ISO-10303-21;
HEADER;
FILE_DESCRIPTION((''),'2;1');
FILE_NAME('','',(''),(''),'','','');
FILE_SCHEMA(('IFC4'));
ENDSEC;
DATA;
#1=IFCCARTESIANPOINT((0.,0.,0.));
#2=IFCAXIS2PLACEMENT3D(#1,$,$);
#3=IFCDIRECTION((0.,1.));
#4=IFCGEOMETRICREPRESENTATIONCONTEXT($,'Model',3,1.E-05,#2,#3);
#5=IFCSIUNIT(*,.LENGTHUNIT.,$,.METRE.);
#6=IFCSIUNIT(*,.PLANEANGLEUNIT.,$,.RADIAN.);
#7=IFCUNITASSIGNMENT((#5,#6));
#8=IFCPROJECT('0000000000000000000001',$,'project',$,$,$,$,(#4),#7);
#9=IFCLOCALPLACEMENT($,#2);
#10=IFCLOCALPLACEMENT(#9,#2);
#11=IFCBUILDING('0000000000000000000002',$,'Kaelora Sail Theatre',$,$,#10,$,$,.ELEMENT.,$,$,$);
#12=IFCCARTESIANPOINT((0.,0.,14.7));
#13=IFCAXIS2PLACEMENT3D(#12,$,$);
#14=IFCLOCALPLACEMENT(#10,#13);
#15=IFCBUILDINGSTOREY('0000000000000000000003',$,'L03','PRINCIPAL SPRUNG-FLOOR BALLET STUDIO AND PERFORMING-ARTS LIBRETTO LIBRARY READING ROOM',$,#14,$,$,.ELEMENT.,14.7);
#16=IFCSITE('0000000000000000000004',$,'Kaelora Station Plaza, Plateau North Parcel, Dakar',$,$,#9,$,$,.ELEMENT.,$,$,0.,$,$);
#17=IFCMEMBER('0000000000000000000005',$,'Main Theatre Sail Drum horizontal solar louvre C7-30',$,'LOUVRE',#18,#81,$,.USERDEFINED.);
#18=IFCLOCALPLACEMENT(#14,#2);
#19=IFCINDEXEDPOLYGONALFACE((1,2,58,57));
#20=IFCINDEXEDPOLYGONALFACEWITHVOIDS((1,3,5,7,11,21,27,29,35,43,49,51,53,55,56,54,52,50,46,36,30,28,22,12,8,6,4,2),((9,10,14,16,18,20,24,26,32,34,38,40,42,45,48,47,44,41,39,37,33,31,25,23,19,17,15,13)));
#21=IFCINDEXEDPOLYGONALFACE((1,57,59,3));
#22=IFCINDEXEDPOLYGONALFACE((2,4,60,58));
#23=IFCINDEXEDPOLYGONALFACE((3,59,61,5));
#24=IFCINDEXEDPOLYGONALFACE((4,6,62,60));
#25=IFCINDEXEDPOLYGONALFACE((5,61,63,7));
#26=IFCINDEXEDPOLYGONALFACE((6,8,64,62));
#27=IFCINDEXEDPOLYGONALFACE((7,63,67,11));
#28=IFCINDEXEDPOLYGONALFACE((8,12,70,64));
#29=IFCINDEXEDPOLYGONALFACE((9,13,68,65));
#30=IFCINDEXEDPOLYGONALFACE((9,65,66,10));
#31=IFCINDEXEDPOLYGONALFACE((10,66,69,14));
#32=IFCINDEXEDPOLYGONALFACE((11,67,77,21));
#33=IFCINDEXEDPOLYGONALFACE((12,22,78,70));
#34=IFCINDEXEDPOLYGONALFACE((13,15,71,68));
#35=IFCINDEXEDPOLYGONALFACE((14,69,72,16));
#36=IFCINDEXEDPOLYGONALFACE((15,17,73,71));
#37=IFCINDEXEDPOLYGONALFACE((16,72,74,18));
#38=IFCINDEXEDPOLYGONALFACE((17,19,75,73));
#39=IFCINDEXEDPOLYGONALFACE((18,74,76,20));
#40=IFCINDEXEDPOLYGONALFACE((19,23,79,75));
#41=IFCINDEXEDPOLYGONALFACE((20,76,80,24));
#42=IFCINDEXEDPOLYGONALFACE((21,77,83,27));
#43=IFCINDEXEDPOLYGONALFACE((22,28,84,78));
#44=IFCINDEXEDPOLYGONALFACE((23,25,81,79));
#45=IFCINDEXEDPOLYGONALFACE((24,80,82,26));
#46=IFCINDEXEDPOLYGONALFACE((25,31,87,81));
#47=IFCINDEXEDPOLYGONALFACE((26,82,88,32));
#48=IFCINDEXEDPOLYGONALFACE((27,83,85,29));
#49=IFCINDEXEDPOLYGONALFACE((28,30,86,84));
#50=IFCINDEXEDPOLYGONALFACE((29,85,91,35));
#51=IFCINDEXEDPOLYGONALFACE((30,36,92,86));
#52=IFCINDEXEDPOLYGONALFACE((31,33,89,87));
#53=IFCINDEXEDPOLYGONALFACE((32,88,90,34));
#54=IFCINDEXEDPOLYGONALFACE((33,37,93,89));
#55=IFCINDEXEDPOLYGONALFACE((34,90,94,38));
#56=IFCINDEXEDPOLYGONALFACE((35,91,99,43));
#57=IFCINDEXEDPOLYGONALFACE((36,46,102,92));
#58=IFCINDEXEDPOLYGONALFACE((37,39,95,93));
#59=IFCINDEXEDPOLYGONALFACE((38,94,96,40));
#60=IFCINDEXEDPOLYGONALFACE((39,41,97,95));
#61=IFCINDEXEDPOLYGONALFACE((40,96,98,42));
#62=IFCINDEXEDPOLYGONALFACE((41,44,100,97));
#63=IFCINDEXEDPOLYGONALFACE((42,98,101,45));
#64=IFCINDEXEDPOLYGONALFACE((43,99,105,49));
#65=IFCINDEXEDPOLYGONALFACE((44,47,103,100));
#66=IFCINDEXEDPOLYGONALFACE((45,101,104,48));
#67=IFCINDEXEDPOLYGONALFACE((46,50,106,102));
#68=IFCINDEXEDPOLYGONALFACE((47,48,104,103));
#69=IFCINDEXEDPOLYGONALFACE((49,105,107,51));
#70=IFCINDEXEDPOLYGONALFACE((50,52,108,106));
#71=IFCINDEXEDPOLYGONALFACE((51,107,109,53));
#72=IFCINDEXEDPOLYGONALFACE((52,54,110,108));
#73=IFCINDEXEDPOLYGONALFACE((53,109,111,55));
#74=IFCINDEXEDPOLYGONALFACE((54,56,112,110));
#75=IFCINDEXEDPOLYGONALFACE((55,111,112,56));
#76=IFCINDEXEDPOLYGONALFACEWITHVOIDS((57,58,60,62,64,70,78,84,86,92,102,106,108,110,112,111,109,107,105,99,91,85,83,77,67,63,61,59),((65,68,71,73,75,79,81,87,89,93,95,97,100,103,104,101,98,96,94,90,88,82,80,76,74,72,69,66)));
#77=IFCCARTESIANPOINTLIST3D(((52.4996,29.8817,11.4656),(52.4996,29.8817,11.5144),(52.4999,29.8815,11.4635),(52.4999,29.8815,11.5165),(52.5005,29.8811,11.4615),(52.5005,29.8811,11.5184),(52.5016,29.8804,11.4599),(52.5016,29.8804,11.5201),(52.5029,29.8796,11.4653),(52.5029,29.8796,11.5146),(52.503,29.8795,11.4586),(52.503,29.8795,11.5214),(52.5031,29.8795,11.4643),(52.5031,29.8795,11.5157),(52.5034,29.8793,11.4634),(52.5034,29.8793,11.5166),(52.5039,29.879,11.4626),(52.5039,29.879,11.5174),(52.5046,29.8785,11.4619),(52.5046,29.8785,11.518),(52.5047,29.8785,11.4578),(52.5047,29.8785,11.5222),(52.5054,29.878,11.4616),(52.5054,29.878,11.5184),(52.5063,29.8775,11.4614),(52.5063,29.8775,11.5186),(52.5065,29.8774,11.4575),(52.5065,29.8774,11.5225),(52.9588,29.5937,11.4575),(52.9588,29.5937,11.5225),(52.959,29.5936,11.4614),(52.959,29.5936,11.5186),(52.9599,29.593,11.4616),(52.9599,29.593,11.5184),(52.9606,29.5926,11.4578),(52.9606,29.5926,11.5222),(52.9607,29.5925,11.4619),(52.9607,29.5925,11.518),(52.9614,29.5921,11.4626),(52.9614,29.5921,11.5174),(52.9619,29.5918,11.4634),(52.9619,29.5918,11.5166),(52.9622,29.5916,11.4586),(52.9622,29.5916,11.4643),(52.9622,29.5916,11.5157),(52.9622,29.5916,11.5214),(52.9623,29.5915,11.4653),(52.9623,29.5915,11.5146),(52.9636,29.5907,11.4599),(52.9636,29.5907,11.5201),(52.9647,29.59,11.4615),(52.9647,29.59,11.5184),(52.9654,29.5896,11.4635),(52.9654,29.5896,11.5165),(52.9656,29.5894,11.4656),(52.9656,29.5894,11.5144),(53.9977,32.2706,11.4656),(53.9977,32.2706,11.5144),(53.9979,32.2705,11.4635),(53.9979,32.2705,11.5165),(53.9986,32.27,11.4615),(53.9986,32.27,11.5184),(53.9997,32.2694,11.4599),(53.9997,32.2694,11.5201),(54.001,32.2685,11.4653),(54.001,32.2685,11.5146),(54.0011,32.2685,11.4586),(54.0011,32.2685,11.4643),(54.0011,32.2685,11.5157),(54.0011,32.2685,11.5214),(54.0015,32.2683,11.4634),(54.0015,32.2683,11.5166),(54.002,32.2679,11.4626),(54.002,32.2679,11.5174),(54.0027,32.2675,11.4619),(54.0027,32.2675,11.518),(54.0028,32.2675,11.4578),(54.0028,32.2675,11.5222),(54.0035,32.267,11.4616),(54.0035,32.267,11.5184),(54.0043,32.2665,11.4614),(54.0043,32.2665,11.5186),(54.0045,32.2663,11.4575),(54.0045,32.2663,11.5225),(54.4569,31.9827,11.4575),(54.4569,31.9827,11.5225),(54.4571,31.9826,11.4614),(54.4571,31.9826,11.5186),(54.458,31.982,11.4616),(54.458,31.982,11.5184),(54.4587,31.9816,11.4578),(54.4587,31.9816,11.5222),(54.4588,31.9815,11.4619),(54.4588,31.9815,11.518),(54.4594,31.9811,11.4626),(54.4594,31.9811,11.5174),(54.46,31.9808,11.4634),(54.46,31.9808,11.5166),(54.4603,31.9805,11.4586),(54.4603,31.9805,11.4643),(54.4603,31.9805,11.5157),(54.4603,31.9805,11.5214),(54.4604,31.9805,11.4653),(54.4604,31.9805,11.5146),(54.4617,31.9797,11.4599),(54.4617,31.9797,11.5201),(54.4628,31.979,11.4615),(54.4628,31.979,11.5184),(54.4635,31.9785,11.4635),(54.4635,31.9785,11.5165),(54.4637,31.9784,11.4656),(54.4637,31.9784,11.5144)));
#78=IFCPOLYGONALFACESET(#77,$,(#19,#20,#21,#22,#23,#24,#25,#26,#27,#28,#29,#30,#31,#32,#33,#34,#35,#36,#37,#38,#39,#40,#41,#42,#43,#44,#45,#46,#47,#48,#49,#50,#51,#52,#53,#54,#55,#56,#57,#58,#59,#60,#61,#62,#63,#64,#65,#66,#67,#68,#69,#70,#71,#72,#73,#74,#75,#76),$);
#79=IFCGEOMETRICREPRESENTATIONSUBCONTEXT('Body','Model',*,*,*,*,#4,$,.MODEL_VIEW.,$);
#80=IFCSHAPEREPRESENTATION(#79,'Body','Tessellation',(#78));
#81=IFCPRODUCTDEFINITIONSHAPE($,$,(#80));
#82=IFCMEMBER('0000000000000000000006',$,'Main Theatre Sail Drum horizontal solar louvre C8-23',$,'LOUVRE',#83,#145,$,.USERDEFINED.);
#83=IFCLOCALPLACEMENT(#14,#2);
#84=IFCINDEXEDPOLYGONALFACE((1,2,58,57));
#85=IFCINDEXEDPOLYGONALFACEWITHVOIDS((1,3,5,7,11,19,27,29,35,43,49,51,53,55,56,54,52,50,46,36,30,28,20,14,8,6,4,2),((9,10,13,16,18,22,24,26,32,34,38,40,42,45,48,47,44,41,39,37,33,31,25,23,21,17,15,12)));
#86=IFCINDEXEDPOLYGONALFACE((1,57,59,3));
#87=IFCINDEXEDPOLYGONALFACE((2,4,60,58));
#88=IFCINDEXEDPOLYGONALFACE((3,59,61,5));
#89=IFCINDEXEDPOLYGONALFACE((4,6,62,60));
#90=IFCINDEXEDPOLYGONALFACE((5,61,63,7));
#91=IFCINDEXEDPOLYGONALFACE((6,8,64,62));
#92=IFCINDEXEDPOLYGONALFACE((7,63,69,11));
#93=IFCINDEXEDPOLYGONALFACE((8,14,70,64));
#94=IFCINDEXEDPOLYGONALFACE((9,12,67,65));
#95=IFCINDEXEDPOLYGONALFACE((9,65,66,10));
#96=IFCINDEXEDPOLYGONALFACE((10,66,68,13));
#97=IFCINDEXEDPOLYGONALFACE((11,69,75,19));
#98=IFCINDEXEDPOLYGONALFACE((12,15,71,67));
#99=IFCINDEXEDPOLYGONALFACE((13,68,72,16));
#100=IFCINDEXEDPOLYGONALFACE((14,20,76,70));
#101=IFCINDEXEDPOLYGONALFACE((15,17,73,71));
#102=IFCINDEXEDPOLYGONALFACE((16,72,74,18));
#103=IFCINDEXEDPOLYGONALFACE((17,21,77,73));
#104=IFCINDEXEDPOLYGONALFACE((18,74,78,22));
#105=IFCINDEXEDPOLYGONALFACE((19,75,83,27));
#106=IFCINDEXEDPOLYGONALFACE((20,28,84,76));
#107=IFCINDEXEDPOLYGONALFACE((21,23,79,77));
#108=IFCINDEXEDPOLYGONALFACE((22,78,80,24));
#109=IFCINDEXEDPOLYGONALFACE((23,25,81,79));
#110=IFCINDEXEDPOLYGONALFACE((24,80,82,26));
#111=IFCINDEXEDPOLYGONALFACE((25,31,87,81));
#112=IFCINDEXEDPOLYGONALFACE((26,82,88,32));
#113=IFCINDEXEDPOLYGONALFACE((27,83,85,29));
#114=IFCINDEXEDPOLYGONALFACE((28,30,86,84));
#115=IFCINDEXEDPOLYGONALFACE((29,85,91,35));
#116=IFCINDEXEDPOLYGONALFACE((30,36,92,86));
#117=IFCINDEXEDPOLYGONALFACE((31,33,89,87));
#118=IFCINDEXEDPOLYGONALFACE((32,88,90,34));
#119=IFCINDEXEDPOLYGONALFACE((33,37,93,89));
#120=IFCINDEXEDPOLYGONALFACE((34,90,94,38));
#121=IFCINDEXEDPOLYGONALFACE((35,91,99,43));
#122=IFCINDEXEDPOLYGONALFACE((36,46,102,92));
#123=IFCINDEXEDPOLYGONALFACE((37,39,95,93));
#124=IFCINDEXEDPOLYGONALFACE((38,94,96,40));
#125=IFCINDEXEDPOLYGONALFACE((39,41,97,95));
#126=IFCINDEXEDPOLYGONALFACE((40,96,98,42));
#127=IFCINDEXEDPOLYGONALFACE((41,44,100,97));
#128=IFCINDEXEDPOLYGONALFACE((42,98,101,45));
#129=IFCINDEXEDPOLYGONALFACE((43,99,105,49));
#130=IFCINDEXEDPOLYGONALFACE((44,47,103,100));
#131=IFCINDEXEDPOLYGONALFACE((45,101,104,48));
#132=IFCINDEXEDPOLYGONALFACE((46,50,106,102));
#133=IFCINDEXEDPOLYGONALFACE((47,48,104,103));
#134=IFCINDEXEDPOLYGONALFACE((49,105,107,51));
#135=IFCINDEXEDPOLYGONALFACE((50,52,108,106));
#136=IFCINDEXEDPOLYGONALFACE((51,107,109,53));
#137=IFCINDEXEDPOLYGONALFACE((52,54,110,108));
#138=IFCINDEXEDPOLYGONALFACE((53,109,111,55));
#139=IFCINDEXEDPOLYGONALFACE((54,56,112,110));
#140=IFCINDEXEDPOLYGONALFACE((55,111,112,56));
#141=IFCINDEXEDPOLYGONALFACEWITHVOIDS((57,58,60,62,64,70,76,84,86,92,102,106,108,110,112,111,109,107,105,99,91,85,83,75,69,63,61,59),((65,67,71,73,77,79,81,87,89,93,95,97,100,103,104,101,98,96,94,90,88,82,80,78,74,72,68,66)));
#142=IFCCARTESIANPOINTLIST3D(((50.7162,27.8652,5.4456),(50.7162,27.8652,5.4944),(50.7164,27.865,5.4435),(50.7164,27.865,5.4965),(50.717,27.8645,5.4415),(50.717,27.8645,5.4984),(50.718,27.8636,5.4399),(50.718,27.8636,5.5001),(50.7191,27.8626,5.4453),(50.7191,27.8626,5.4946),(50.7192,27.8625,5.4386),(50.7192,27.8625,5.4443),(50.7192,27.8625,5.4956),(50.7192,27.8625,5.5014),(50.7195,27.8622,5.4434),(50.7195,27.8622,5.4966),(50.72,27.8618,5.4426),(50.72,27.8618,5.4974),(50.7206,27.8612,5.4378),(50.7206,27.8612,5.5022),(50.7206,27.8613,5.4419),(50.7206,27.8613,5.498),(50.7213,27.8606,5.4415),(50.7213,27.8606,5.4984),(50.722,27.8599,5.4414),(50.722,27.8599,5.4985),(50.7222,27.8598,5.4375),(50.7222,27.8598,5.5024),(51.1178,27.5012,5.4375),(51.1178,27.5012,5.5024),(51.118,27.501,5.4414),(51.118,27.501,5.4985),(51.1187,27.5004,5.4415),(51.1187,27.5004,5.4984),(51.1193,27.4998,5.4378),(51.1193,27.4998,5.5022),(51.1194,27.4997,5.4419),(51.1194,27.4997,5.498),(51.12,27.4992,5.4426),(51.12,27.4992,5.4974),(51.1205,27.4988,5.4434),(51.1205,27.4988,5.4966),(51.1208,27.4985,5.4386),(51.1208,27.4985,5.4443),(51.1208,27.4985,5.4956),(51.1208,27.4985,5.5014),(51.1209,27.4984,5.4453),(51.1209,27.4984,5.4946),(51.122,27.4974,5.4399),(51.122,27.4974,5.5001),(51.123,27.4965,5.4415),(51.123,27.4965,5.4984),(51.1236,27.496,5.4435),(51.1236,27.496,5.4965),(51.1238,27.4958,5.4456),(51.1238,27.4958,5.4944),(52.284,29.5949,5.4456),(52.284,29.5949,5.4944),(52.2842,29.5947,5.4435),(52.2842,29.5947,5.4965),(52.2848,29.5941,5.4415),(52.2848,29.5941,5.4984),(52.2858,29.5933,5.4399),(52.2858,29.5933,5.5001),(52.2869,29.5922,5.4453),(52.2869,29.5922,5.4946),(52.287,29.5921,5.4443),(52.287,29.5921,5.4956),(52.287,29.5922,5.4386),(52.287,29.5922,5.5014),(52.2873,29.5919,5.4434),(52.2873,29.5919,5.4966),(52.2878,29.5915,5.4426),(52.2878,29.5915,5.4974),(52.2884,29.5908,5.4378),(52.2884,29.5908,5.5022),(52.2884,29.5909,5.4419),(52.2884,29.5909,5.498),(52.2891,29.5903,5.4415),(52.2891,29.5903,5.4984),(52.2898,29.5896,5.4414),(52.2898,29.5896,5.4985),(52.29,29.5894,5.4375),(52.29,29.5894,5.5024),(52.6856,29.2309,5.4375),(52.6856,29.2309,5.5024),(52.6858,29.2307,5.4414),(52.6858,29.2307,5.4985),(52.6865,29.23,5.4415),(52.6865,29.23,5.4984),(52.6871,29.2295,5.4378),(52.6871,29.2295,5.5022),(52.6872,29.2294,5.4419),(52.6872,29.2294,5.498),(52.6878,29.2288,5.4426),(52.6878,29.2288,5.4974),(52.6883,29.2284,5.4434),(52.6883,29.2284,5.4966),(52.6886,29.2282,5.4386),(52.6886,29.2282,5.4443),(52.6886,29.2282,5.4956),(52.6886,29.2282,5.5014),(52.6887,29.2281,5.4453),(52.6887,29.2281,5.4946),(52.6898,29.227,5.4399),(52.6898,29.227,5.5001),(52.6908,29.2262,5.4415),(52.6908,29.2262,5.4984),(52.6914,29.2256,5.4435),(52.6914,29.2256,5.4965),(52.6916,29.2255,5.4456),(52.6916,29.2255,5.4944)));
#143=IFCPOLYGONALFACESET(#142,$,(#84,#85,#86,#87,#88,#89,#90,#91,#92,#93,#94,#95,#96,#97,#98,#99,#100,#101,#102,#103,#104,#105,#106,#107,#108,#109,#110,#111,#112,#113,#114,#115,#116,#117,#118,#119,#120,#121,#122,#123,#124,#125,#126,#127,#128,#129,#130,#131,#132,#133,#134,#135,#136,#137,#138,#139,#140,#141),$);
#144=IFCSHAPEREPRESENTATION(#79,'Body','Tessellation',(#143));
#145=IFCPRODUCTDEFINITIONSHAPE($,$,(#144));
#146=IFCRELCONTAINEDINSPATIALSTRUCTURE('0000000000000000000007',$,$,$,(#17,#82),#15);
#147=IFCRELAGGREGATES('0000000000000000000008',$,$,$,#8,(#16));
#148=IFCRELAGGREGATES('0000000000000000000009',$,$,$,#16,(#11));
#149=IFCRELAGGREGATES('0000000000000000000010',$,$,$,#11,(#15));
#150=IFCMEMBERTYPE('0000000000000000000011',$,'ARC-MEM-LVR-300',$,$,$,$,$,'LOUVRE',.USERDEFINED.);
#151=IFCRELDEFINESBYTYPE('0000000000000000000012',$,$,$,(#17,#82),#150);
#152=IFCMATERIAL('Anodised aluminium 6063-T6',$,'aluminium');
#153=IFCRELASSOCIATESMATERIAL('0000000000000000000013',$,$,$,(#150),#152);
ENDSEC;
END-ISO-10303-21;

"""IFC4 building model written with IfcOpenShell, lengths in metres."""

from ifc_helpers import new_model, si_unit, direction, frame, origin, origin_2d, place, context, subcontext, project, spatial, hollow_rectangle, extrude, material, material_profile, profile_set, type_object, element, save


model = new_model("IFC4")

# Units and contexts
model_context = context("Model", 3, precision=1e-05, world=origin(), true_north=direction((0.0, 1.0)))
body_context = subcontext(model_context, "Body", "Model", "MODEL_VIEW")
ifc_project = project(units=[si_unit("LENGTHUNIT", "METRE"), si_unit("PLANEANGLEUNIT", "RADIAN")], contexts=[model_context])

# Site, building, storey
site_placement = place(None, origin())
site = spatial("IfcSite", under=ifc_project, at=site_placement, Name="Kaelora Station Plaza, Plateau North Parcel, Dakar", CompositionType="ELEMENT", RefElevation=0.0)
building_placement = place(site_placement, origin())
building = spatial("IfcBuilding", under=site, at=building_placement, Name="Kaelora Sail Theatre", CompositionType="ELEMENT")
storey_placement = place(building_placement, frame((0.0, 0.0, 14.7)))
storey = spatial("IfcBuildingStorey", under=building, at=storey_placement, Name="L03", Description="PRINCIPAL SPRUNG-FLOOR BALLET STUDIO AND PERFORMING-ARTS LIBRETTO LIBRARY READING ROOM", CompositionType="ELEMENT", Elevation=14.7)

# Members
ifc_material = material(Name="Anodised aluminium 6063-T6", Category="aluminium")
ifc_material_profile = material_profile(ifc_material, hollow_rectangle(XDim=0.55, YDim=0.0649, WallThickness=0.0039, InnerFilletRadius=0.0039, OuterFilletRadius=0.0081, at=origin_2d()), Name="LOUVRE 550x65x4")
ifc_profile_set = profile_set([ifc_material_profile], Name="Anodised aluminium 6063-T6")
member_type = type_object("IfcMemberType", Name="ARC-MEM-LVR-300", ElementType="LOUVRE", PredefinedType="USERDEFINED", material=ifc_profile_set)
for number, where, z_axis, x_axis, name in (
    (1, (54.2307, 32.1245, 11.49), (-0.531267, -0.847204, 0.0), (0.847204, -0.531267, 0.0), "Main Theatre Sail Drum horizontal solar louvre C7-30"),
):
    element("IfcMember", number, at=place(storey_placement, frame(where, z_axis=z_axis, x_axis=x_axis)), inside=storey, type_object=member_type, Name=name, ObjectType="LOUVRE", PredefinedType="USERDEFINED", context=body_context, shape_type="SweptSolid", body=[
        extrude(hollow_rectangle(XDim=0.55, YDim=0.0649, WallThickness=0.0039, InnerFilletRadius=0.0039, OuterFilletRadius=0.0081, at=origin_2d()), origin(), (0.0, 0.0, 1.0), 2.8198),
    ])
for number, where, z_axis, x_axis, name in (
    (2, (52.4878, 29.4102, 5.47), (-0.671589, -0.740924, 0.0), (0.740924, -0.671589, 0.0), "Main Theatre Sail Drum horizontal solar louvre C8-23"),
):
    element("IfcMember", number, at=place(storey_placement, frame(where, z_axis=z_axis, x_axis=x_axis)), inside=storey, type_object=member_type, Name=name, ObjectType="LOUVRE", PredefinedType="USERDEFINED", context=body_context, shape_type="SweptSolid", body=[
        extrude(hollow_rectangle(XDim=0.55, YDim=0.0649, WallThickness=0.0039, InnerFilletRadius=0.0039, OuterFilletRadius=0.0081, at=origin_2d()), origin(), (0.0, 0.0, 1.0), 2.3345),
    ])

save(model, "model.ifc")
